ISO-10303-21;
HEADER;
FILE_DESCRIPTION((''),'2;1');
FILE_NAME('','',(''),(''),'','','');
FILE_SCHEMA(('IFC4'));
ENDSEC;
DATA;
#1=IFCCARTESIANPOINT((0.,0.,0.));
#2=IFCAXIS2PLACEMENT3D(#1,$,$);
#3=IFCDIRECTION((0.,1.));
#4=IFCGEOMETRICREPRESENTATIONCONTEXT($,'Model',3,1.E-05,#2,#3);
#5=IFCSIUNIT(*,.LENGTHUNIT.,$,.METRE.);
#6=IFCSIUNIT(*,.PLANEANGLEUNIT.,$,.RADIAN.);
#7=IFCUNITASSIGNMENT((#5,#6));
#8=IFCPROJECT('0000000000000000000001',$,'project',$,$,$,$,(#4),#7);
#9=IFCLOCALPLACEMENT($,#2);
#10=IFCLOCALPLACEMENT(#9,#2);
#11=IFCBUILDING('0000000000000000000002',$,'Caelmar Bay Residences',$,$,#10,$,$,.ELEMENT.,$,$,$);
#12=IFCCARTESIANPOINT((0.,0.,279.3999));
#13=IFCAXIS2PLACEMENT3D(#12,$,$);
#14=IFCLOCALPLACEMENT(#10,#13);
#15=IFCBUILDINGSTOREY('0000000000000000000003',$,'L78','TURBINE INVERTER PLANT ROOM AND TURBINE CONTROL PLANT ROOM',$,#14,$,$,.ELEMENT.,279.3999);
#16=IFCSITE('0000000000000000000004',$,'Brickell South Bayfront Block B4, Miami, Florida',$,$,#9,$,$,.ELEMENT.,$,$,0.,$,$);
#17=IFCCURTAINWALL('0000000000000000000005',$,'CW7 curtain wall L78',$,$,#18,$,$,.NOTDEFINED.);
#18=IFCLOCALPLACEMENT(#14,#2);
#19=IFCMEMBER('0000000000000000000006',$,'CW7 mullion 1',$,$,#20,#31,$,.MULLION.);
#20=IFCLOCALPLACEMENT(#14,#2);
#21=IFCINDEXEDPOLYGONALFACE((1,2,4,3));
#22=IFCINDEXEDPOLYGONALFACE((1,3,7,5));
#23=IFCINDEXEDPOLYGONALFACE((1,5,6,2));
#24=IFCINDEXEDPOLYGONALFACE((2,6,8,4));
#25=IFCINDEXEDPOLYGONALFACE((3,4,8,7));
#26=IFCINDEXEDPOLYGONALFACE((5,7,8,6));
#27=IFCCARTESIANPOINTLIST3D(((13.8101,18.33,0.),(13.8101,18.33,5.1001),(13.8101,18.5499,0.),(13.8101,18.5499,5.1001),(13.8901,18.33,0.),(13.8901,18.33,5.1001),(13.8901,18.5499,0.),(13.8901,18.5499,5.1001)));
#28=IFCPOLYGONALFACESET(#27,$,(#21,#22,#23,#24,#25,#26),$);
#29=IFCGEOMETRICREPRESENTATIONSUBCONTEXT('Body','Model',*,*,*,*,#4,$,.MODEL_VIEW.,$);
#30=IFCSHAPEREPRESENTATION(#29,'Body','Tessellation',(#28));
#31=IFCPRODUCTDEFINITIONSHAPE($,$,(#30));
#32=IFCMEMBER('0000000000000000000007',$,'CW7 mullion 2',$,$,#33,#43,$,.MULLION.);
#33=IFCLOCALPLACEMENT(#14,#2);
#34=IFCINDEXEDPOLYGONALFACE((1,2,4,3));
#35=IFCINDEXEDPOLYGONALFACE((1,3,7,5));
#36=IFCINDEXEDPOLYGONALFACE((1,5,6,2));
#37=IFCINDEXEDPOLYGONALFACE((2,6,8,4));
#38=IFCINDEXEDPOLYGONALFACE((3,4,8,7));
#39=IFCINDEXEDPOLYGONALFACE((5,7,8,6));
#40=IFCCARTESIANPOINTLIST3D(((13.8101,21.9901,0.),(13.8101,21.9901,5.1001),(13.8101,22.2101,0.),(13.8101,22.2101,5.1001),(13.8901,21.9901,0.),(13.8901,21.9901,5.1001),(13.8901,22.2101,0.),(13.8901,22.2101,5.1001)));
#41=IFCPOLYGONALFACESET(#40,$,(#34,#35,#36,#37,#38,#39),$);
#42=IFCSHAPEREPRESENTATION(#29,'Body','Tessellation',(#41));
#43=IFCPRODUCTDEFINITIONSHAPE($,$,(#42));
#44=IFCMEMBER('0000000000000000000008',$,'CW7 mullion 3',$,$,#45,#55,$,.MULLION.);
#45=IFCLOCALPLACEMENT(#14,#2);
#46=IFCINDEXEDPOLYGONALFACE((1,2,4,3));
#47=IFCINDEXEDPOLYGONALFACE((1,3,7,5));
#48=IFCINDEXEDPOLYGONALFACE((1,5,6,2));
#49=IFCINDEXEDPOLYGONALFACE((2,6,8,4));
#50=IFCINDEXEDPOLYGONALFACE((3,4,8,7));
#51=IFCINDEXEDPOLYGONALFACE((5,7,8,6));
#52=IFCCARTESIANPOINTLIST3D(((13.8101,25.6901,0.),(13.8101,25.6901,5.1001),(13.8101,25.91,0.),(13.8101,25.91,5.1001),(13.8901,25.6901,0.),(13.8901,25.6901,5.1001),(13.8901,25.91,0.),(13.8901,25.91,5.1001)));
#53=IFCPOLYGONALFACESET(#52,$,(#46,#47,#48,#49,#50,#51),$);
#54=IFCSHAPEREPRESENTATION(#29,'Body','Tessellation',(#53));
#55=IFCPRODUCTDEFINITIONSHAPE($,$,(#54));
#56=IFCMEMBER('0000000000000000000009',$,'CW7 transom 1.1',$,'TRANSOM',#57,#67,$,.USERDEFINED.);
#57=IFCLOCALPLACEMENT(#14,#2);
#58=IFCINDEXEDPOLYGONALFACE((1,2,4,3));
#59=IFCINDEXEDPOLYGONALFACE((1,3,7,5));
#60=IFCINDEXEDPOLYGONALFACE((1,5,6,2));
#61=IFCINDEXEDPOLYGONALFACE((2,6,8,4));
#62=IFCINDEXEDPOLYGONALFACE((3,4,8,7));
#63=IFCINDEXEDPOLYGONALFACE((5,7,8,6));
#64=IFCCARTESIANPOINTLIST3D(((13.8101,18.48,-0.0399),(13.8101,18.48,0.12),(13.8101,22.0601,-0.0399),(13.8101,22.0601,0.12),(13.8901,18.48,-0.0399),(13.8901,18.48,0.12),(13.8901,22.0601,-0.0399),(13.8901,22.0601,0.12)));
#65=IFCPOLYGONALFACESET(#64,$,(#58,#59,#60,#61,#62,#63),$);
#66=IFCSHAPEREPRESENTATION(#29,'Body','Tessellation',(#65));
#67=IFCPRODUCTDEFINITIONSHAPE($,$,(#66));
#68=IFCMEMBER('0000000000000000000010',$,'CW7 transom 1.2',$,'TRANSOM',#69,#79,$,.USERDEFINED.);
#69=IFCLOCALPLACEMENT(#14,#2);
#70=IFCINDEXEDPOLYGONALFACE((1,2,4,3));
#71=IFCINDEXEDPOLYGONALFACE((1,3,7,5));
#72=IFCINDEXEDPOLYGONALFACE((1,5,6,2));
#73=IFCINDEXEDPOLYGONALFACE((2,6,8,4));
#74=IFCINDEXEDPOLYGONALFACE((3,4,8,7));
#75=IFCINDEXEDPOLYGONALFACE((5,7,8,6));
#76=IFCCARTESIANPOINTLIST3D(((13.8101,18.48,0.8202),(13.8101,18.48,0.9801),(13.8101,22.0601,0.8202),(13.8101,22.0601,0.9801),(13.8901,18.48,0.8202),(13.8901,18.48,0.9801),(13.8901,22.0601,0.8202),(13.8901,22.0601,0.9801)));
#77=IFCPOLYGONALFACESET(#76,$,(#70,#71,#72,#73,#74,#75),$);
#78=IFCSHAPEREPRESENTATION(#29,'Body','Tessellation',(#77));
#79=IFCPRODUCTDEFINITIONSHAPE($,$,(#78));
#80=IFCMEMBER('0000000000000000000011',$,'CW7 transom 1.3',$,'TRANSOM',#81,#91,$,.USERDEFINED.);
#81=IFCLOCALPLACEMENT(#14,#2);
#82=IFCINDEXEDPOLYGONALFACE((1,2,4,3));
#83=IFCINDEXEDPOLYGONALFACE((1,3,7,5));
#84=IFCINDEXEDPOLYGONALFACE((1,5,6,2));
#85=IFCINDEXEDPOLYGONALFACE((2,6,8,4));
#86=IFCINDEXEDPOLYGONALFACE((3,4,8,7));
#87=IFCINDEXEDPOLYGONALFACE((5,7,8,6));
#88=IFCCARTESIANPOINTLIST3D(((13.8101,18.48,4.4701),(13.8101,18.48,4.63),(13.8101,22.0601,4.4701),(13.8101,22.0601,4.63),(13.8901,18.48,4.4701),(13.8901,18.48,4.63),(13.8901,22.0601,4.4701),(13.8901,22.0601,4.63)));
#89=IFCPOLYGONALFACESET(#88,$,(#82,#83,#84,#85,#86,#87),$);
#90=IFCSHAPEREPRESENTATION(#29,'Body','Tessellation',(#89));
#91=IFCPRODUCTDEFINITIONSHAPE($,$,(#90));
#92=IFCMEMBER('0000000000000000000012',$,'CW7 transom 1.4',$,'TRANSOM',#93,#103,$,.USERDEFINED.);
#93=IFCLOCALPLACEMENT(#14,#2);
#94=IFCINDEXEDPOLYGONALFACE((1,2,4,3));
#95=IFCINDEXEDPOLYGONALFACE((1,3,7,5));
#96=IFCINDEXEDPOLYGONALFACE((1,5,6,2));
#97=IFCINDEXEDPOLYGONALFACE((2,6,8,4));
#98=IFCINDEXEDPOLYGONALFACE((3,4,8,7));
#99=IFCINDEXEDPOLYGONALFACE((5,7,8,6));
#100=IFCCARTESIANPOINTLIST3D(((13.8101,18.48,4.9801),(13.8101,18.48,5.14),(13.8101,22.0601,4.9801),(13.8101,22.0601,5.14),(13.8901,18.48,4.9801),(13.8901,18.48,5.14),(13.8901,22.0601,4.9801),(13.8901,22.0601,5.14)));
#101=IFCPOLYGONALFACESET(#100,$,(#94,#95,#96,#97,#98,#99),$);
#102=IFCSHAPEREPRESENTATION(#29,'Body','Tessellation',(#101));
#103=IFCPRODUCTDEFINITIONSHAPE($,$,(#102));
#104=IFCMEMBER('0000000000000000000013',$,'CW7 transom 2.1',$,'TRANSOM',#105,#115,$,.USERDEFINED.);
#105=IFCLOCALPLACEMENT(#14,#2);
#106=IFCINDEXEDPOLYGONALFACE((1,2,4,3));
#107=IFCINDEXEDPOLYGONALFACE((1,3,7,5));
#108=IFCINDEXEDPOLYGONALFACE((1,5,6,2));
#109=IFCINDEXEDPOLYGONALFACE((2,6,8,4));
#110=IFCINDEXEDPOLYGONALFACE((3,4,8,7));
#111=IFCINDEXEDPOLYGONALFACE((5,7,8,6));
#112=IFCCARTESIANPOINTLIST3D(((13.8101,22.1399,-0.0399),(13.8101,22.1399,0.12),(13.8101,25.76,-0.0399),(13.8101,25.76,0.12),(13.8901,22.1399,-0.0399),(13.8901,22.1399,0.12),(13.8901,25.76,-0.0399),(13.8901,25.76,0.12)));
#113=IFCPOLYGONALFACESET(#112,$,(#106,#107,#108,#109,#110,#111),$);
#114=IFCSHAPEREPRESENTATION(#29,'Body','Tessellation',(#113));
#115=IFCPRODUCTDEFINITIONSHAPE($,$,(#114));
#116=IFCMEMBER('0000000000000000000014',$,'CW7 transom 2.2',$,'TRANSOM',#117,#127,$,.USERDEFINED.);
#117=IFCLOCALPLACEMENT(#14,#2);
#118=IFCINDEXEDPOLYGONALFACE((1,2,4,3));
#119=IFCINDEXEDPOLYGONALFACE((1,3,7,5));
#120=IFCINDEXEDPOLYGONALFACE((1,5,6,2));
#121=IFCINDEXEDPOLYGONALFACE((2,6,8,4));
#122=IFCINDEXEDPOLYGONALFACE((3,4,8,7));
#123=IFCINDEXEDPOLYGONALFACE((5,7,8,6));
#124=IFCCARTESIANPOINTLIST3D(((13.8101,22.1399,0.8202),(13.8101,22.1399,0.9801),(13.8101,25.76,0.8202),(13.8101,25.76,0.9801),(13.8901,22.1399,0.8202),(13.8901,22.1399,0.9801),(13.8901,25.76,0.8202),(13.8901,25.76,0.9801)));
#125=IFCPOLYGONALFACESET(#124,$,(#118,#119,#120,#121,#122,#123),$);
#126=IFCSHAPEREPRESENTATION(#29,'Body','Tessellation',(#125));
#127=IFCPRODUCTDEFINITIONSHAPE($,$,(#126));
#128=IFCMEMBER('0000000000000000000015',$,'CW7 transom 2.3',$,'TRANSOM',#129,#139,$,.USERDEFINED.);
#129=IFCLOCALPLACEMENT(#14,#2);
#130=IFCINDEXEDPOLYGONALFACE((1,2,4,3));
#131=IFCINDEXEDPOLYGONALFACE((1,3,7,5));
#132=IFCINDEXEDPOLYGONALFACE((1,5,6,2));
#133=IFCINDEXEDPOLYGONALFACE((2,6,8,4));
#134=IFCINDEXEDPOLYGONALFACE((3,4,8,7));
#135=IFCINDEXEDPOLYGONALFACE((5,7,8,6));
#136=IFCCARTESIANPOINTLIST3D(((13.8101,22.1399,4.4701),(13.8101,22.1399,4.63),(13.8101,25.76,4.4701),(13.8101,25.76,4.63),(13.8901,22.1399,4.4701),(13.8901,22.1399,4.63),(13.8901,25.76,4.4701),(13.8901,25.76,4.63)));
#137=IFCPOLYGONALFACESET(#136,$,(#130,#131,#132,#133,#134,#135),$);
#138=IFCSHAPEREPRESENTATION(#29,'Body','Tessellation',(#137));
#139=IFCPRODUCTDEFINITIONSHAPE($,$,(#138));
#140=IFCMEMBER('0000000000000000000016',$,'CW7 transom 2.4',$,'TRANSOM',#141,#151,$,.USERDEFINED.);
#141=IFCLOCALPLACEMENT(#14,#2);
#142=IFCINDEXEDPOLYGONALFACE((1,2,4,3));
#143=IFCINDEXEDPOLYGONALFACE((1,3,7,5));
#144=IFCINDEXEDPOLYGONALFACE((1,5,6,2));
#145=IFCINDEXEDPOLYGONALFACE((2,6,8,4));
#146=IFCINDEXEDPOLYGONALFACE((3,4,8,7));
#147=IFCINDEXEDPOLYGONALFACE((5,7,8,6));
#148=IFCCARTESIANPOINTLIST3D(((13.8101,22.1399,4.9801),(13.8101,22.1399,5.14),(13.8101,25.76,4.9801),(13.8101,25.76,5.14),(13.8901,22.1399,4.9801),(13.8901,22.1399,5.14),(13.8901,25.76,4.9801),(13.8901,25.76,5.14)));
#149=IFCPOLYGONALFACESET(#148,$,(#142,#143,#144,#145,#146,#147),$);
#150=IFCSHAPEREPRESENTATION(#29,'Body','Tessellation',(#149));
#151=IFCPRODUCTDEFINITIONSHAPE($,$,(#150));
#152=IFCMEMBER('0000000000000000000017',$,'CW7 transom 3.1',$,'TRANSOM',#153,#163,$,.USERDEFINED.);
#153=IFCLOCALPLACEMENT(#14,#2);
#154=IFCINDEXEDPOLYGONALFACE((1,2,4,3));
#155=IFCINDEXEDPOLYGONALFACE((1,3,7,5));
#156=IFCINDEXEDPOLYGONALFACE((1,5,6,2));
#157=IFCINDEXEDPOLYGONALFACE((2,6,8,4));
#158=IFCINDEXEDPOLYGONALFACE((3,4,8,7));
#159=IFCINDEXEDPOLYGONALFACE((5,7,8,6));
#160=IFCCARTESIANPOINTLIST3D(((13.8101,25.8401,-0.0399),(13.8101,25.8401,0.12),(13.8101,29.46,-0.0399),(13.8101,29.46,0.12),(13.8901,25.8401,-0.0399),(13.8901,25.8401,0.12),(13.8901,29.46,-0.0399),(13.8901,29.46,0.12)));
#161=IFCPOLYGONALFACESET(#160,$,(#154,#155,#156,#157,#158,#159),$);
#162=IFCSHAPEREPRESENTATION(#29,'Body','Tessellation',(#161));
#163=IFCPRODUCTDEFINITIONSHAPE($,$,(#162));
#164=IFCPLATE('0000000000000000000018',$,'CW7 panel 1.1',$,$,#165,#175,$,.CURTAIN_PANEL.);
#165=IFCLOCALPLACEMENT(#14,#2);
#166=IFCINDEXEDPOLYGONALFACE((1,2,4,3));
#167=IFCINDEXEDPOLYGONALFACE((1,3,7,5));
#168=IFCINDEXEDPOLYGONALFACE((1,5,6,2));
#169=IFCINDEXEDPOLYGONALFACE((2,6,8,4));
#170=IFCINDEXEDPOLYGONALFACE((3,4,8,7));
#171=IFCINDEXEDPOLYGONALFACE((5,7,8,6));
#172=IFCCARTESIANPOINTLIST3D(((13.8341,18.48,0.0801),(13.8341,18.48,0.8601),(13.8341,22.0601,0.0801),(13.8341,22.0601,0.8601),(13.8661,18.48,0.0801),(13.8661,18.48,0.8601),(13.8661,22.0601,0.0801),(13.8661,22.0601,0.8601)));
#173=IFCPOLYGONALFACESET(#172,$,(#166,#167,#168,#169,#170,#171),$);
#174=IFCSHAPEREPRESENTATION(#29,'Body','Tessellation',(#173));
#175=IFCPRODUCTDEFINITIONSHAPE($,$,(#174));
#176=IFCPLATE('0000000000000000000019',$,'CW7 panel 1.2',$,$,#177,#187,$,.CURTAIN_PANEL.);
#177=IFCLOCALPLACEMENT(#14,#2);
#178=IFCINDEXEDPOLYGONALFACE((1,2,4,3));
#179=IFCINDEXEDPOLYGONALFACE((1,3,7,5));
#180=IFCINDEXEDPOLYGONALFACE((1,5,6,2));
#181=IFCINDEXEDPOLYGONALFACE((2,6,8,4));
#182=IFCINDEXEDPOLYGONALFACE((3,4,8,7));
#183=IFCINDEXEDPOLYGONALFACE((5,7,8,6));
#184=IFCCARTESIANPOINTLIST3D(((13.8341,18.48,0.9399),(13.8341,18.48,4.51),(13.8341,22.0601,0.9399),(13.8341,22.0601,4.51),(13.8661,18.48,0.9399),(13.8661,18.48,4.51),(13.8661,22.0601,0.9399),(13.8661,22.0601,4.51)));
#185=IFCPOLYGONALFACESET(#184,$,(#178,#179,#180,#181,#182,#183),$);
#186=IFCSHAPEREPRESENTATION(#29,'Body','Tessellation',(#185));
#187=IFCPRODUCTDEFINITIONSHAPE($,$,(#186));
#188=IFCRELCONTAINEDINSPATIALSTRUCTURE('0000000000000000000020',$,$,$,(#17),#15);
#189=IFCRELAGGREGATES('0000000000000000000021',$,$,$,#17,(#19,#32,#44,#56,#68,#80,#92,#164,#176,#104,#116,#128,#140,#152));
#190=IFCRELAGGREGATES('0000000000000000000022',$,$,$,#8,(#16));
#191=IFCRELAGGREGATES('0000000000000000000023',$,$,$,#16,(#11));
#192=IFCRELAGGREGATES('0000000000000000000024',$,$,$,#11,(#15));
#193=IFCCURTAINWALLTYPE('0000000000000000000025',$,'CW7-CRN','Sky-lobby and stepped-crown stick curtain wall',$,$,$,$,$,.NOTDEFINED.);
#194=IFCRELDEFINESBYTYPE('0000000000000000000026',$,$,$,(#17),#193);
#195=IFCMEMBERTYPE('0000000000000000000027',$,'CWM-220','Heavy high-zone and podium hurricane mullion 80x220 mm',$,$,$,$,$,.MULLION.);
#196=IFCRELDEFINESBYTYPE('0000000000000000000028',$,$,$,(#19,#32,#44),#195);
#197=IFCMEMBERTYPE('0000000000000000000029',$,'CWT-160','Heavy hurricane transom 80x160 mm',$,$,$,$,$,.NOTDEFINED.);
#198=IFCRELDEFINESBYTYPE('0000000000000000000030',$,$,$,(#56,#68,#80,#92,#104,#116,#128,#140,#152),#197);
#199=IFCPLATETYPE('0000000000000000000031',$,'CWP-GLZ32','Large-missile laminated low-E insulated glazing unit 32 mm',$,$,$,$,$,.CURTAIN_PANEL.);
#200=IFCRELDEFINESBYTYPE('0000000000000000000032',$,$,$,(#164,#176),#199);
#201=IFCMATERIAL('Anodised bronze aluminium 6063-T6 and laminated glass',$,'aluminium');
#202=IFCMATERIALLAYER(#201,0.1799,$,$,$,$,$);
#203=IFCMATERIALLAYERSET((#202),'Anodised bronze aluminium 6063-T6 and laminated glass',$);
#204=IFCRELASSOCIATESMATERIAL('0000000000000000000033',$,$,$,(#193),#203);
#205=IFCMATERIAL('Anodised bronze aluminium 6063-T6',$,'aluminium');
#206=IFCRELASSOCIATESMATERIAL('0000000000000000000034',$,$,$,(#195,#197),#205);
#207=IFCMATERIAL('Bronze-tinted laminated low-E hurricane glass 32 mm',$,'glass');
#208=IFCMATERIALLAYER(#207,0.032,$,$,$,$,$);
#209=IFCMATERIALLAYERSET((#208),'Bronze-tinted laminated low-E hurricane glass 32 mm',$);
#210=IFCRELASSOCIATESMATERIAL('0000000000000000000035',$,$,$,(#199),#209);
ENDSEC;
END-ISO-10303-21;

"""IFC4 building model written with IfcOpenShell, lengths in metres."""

from ifc_helpers import new_model, si_unit, direction, frame, origin, origin_2d, place, context, subcontext, project, spatial, rectangle, extrude, material, layer, layer_set, material_profile, profile_set, type_object, element, aggregate, save


model = new_model("IFC4")

# Units and contexts
model_context = context("Model", 3, precision=1e-05, world=origin(), true_north=direction((0.0, 1.0)))
body_context = subcontext(model_context, "Body", "Model", "MODEL_VIEW")
ifc_project = project(units=[si_unit("LENGTHUNIT", "METRE"), si_unit("PLANEANGLEUNIT", "RADIAN")], contexts=[model_context])

# Site, building, storey
site_placement = place(None, origin())
site = spatial("IfcSite", under=ifc_project, at=site_placement, Name="Brickell South Bayfront Block B4, Miami, Florida", CompositionType="ELEMENT", RefElevation=0.0)
building_placement = place(site_placement, origin())
building = spatial("IfcBuilding", under=site, at=building_placement, Name="Caelmar Bay Residences", CompositionType="ELEMENT")
storey_placement = place(building_placement, frame((0.0, 0.0, 279.3999)))
storey = spatial("IfcBuildingStorey", under=building, at=storey_placement, Name="L78", Description="TURBINE INVERTER PLANT ROOM AND TURBINE CONTROL PLANT ROOM", CompositionType="ELEMENT", Elevation=279.3999)

# Curtain wall, members, plates
ifc_material_1 = material(Name="Anodised bronze aluminium 6063-T6 and laminated glass", Category="aluminium")
ifc_layer_1 = layer(ifc_material_1, 0.1799)
ifc_layer_set_1 = layer_set([ifc_layer_1], Name="Anodised bronze aluminium 6063-T6 and laminated glass")
curtain_wall_type = type_object("IfcCurtainWallType", Name="CW7-CRN", Description="Sky-lobby and stepped-crown stick curtain wall", PredefinedType="NOTDEFINED", material=ifc_layer_set_1)
curtain_wall_placement = place(storey_placement, origin())
curtain_wall = element("IfcCurtainWall", 1, at=curtain_wall_placement, inside=storey, type_object=curtain_wall_type, Name="CW7 curtain wall L78", PredefinedType="NOTDEFINED")
ifc_material_2 = material(Name="Anodised bronze aluminium 6063-T6", Category="aluminium")
ifc_material_profile_1 = material_profile(ifc_material_2, rectangle(XDim=0.0801, YDim=0.22, at=origin_2d()), Name="CWM-80X220")
ifc_profile_set_1 = profile_set([ifc_material_profile_1], Name="Anodised bronze aluminium 6063-T6")
member_type_1 = type_object("IfcMemberType", Name="CWM-220", Description="Heavy high-zone and podium hurricane mullion 80x220 mm", PredefinedType="MULLION", material=ifc_profile_set_1)
member_1_placement = place(storey_placement, frame((13.8501, 18.4399, 0.0), z_axis=(0.0, 0.0, 1.0), x_axis=(-1.0, 0.0, 0.0)))
member_1 = element("IfcMember", 2, at=member_1_placement, type_object=member_type_1, Name="CW7 mullion 1", PredefinedType="MULLION", context=body_context, shape_type="SweptSolid", body=[
    extrude(rectangle(XDim=0.0801, YDim=0.22, at=origin_2d()), origin(), (0.0, 0.0, 1.0), 5.1001),
])
member_2_placement = place(storey_placement, frame((13.8501, 22.1001, 0.0), z_axis=(0.0, 0.0, 1.0), x_axis=(-1.0, 0.0, 0.0)))
member_2 = element("IfcMember", 3, at=member_2_placement, type_object=member_type_1, Name="CW7 mullion 2", PredefinedType="MULLION", context=body_context, shape_type="SweptSolid", body=[
    extrude(rectangle(XDim=0.0801, YDim=0.22, at=origin_2d()), origin(), (0.0, 0.0, 1.0), 5.1001),
])
member_3_placement = place(storey_placement, frame((13.8501, 25.8, 0.0), z_axis=(0.0, 0.0, 1.0), x_axis=(-1.0, 0.0, 0.0)))
member_3 = element("IfcMember", 4, at=member_3_placement, type_object=member_type_1, Name="CW7 mullion 3", PredefinedType="MULLION", context=body_context, shape_type="SweptSolid", body=[
    extrude(rectangle(XDim=0.0801, YDim=0.22, at=origin_2d()), origin(), (0.0, 0.0, 1.0), 5.1001),
])
ifc_material_profile_2 = material_profile(ifc_material_2, rectangle(XDim=0.0801, YDim=0.1599, at=origin_2d()), Name="CWT-80X160")
ifc_profile_set_2 = profile_set([ifc_material_profile_2], Name="Anodised bronze aluminium 6063-T6")
member_type_2 = type_object("IfcMemberType", Name="CWT-160", Description="Heavy hurricane transom 80x160 mm", PredefinedType="NOTDEFINED", material=ifc_profile_set_2)
member_4_placement = place(storey_placement, frame((13.8501, 18.48, 0.04), z_axis=(0.0, 1.0, 0.0), x_axis=(-1.0, 0.0, 0.0)))
member_4 = element("IfcMember", 5, at=member_4_placement, type_object=member_type_2, Name="CW7 transom 1.1", ObjectType="TRANSOM", PredefinedType="USERDEFINED", context=body_context, shape_type="SweptSolid", body=[
    extrude(rectangle(XDim=0.0801, YDim=0.1599, at=origin_2d()), origin(), (0.0, 0.0, 1.0), 3.5801),
])
member_5_placement = place(storey_placement, frame((13.8501, 18.48, 0.9001), z_axis=(0.0, 1.0, 0.0), x_axis=(-1.0, 0.0, 0.0)))
member_5 = element("IfcMember", 6, at=member_5_placement, type_object=member_type_2, Name="CW7 transom 1.2", ObjectType="TRANSOM", PredefinedType="USERDEFINED", context=body_context, shape_type="SweptSolid", body=[
    extrude(rectangle(XDim=0.0801, YDim=0.1599, at=origin_2d()), origin(), (0.0, 0.0, 1.0), 3.5801),
])
member_6_placement = place(storey_placement, frame((13.8501, 18.48, 4.55), z_axis=(0.0, 1.0, 0.0), x_axis=(-1.0, 0.0, 0.0)))
member_6 = element("IfcMember", 7, at=member_6_placement, type_object=member_type_2, Name="CW7 transom 1.3", ObjectType="TRANSOM", PredefinedType="USERDEFINED", context=body_context, shape_type="SweptSolid", body=[
    extrude(rectangle(XDim=0.0801, YDim=0.1599, at=origin_2d()), origin(), (0.0, 0.0, 1.0), 3.5801),
])
member_7_placement = place(storey_placement, frame((13.8501, 18.48, 5.0601), z_axis=(0.0, 1.0, 0.0), x_axis=(-1.0, 0.0, 0.0)))
member_7 = element("IfcMember", 8, at=member_7_placement, type_object=member_type_2, Name="CW7 transom 1.4", ObjectType="TRANSOM", PredefinedType="USERDEFINED", context=body_context, shape_type="SweptSolid", body=[
    extrude(rectangle(XDim=0.0801, YDim=0.1599, at=origin_2d()), origin(), (0.0, 0.0, 1.0), 3.5801),
])
member_8_placement = place(storey_placement, frame((13.8501, 22.1399, 0.04), z_axis=(0.0, 1.0, 0.0), x_axis=(-1.0, 0.0, 0.0)))
member_8 = element("IfcMember", 9, at=member_8_placement, type_object=member_type_2, Name="CW7 transom 2.1", ObjectType="TRANSOM", PredefinedType="USERDEFINED", context=body_context, shape_type="SweptSolid", body=[
    extrude(rectangle(XDim=0.0801, YDim=0.1599, at=origin_2d()), origin(), (0.0, 0.0, 1.0), 3.6201),
])
member_9_placement = place(storey_placement, frame((13.8501, 22.1399, 0.9001), z_axis=(0.0, 1.0, 0.0), x_axis=(-1.0, 0.0, 0.0)))
member_9 = element("IfcMember", 10, at=member_9_placement, type_object=member_type_2, Name="CW7 transom 2.2", ObjectType="TRANSOM", PredefinedType="USERDEFINED", context=body_context, shape_type="SweptSolid", body=[
    extrude(rectangle(XDim=0.0801, YDim=0.1599, at=origin_2d()), origin(), (0.0, 0.0, 1.0), 3.6201),
])
member_10_placement = place(storey_placement, frame((13.8501, 22.1399, 4.55), z_axis=(0.0, 1.0, 0.0), x_axis=(-1.0, 0.0, 0.0)))
member_10 = element("IfcMember", 11, at=member_10_placement, type_object=member_type_2, Name="CW7 transom 2.3", ObjectType="TRANSOM", PredefinedType="USERDEFINED", context=body_context, shape_type="SweptSolid", body=[
    extrude(rectangle(XDim=0.0801, YDim=0.1599, at=origin_2d()), origin(), (0.0, 0.0, 1.0), 3.6201),
])
member_11_placement = place(storey_placement, frame((13.8501, 22.1399, 5.0601), z_axis=(0.0, 1.0, 0.0), x_axis=(-1.0, 0.0, 0.0)))
member_11 = element("IfcMember", 12, at=member_11_placement, type_object=member_type_2, Name="CW7 transom 2.4", ObjectType="TRANSOM", PredefinedType="USERDEFINED", context=body_context, shape_type="SweptSolid", body=[
    extrude(rectangle(XDim=0.0801, YDim=0.1599, at=origin_2d()), origin(), (0.0, 0.0, 1.0), 3.6201),
])
member_12_placement = place(storey_placement, frame((13.8501, 25.8401, 0.04), z_axis=(0.0, 1.0, 0.0), x_axis=(-1.0, 0.0, 0.0)))
member_12 = element("IfcMember", 13, at=member_12_placement, type_object=member_type_2, Name="CW7 transom 3.1", ObjectType="TRANSOM", PredefinedType="USERDEFINED", context=body_context, shape_type="SweptSolid", body=[
    extrude(rectangle(XDim=0.0801, YDim=0.1599, at=origin_2d()), origin(), (0.0, 0.0, 1.0), 3.6199),
])
ifc_material_3 = material(Name="Bronze-tinted laminated low-E hurricane glass 32 mm", Category="glass")
ifc_layer_2 = layer(ifc_material_3, 0.032)
ifc_layer_set_2 = layer_set([ifc_layer_2], Name="Bronze-tinted laminated low-E hurricane glass 32 mm")
plate_type = type_object("IfcPlateType", Name="CWP-GLZ32", Description="Large-missile laminated low-E insulated glazing unit 32 mm", PredefinedType="CURTAIN_PANEL", material=ifc_layer_set_2)
plate_1_placement = place(storey_placement, frame((13.8501, 20.27, 0.0801), z_axis=(0.0, 0.0, 1.0), x_axis=(0.0, 1.0, 0.0)))
plate_1 = element("IfcPlate", 14, at=plate_1_placement, type_object=plate_type, Name="CW7 panel 1.1", PredefinedType="CURTAIN_PANEL", context=body_context, shape_type="SweptSolid", body=[
    extrude(rectangle(XDim=3.5801, YDim=0.032, at=origin_2d()), origin(), (0.0, 0.0, 1.0), 0.78),
])
plate_2_placement = place(storey_placement, frame((13.8501, 20.27, 0.9399), z_axis=(0.0, 0.0, 1.0), x_axis=(0.0, 1.0, 0.0)))
plate_2 = element("IfcPlate", 15, at=plate_2_placement, type_object=plate_type, Name="CW7 panel 1.2", PredefinedType="CURTAIN_PANEL", context=body_context, shape_type="SweptSolid", body=[
    extrude(rectangle(XDim=3.5801, YDim=0.032, at=origin_2d()), origin(), (0.0, 0.0, 1.0), 3.5701),
])
aggregate(curtain_wall, [member_1, member_2, member_3, member_4, member_5, member_6, member_7, plate_1, plate_2, member_8, member_9, member_10, member_11, member_12])

save(model, "model.ifc")
